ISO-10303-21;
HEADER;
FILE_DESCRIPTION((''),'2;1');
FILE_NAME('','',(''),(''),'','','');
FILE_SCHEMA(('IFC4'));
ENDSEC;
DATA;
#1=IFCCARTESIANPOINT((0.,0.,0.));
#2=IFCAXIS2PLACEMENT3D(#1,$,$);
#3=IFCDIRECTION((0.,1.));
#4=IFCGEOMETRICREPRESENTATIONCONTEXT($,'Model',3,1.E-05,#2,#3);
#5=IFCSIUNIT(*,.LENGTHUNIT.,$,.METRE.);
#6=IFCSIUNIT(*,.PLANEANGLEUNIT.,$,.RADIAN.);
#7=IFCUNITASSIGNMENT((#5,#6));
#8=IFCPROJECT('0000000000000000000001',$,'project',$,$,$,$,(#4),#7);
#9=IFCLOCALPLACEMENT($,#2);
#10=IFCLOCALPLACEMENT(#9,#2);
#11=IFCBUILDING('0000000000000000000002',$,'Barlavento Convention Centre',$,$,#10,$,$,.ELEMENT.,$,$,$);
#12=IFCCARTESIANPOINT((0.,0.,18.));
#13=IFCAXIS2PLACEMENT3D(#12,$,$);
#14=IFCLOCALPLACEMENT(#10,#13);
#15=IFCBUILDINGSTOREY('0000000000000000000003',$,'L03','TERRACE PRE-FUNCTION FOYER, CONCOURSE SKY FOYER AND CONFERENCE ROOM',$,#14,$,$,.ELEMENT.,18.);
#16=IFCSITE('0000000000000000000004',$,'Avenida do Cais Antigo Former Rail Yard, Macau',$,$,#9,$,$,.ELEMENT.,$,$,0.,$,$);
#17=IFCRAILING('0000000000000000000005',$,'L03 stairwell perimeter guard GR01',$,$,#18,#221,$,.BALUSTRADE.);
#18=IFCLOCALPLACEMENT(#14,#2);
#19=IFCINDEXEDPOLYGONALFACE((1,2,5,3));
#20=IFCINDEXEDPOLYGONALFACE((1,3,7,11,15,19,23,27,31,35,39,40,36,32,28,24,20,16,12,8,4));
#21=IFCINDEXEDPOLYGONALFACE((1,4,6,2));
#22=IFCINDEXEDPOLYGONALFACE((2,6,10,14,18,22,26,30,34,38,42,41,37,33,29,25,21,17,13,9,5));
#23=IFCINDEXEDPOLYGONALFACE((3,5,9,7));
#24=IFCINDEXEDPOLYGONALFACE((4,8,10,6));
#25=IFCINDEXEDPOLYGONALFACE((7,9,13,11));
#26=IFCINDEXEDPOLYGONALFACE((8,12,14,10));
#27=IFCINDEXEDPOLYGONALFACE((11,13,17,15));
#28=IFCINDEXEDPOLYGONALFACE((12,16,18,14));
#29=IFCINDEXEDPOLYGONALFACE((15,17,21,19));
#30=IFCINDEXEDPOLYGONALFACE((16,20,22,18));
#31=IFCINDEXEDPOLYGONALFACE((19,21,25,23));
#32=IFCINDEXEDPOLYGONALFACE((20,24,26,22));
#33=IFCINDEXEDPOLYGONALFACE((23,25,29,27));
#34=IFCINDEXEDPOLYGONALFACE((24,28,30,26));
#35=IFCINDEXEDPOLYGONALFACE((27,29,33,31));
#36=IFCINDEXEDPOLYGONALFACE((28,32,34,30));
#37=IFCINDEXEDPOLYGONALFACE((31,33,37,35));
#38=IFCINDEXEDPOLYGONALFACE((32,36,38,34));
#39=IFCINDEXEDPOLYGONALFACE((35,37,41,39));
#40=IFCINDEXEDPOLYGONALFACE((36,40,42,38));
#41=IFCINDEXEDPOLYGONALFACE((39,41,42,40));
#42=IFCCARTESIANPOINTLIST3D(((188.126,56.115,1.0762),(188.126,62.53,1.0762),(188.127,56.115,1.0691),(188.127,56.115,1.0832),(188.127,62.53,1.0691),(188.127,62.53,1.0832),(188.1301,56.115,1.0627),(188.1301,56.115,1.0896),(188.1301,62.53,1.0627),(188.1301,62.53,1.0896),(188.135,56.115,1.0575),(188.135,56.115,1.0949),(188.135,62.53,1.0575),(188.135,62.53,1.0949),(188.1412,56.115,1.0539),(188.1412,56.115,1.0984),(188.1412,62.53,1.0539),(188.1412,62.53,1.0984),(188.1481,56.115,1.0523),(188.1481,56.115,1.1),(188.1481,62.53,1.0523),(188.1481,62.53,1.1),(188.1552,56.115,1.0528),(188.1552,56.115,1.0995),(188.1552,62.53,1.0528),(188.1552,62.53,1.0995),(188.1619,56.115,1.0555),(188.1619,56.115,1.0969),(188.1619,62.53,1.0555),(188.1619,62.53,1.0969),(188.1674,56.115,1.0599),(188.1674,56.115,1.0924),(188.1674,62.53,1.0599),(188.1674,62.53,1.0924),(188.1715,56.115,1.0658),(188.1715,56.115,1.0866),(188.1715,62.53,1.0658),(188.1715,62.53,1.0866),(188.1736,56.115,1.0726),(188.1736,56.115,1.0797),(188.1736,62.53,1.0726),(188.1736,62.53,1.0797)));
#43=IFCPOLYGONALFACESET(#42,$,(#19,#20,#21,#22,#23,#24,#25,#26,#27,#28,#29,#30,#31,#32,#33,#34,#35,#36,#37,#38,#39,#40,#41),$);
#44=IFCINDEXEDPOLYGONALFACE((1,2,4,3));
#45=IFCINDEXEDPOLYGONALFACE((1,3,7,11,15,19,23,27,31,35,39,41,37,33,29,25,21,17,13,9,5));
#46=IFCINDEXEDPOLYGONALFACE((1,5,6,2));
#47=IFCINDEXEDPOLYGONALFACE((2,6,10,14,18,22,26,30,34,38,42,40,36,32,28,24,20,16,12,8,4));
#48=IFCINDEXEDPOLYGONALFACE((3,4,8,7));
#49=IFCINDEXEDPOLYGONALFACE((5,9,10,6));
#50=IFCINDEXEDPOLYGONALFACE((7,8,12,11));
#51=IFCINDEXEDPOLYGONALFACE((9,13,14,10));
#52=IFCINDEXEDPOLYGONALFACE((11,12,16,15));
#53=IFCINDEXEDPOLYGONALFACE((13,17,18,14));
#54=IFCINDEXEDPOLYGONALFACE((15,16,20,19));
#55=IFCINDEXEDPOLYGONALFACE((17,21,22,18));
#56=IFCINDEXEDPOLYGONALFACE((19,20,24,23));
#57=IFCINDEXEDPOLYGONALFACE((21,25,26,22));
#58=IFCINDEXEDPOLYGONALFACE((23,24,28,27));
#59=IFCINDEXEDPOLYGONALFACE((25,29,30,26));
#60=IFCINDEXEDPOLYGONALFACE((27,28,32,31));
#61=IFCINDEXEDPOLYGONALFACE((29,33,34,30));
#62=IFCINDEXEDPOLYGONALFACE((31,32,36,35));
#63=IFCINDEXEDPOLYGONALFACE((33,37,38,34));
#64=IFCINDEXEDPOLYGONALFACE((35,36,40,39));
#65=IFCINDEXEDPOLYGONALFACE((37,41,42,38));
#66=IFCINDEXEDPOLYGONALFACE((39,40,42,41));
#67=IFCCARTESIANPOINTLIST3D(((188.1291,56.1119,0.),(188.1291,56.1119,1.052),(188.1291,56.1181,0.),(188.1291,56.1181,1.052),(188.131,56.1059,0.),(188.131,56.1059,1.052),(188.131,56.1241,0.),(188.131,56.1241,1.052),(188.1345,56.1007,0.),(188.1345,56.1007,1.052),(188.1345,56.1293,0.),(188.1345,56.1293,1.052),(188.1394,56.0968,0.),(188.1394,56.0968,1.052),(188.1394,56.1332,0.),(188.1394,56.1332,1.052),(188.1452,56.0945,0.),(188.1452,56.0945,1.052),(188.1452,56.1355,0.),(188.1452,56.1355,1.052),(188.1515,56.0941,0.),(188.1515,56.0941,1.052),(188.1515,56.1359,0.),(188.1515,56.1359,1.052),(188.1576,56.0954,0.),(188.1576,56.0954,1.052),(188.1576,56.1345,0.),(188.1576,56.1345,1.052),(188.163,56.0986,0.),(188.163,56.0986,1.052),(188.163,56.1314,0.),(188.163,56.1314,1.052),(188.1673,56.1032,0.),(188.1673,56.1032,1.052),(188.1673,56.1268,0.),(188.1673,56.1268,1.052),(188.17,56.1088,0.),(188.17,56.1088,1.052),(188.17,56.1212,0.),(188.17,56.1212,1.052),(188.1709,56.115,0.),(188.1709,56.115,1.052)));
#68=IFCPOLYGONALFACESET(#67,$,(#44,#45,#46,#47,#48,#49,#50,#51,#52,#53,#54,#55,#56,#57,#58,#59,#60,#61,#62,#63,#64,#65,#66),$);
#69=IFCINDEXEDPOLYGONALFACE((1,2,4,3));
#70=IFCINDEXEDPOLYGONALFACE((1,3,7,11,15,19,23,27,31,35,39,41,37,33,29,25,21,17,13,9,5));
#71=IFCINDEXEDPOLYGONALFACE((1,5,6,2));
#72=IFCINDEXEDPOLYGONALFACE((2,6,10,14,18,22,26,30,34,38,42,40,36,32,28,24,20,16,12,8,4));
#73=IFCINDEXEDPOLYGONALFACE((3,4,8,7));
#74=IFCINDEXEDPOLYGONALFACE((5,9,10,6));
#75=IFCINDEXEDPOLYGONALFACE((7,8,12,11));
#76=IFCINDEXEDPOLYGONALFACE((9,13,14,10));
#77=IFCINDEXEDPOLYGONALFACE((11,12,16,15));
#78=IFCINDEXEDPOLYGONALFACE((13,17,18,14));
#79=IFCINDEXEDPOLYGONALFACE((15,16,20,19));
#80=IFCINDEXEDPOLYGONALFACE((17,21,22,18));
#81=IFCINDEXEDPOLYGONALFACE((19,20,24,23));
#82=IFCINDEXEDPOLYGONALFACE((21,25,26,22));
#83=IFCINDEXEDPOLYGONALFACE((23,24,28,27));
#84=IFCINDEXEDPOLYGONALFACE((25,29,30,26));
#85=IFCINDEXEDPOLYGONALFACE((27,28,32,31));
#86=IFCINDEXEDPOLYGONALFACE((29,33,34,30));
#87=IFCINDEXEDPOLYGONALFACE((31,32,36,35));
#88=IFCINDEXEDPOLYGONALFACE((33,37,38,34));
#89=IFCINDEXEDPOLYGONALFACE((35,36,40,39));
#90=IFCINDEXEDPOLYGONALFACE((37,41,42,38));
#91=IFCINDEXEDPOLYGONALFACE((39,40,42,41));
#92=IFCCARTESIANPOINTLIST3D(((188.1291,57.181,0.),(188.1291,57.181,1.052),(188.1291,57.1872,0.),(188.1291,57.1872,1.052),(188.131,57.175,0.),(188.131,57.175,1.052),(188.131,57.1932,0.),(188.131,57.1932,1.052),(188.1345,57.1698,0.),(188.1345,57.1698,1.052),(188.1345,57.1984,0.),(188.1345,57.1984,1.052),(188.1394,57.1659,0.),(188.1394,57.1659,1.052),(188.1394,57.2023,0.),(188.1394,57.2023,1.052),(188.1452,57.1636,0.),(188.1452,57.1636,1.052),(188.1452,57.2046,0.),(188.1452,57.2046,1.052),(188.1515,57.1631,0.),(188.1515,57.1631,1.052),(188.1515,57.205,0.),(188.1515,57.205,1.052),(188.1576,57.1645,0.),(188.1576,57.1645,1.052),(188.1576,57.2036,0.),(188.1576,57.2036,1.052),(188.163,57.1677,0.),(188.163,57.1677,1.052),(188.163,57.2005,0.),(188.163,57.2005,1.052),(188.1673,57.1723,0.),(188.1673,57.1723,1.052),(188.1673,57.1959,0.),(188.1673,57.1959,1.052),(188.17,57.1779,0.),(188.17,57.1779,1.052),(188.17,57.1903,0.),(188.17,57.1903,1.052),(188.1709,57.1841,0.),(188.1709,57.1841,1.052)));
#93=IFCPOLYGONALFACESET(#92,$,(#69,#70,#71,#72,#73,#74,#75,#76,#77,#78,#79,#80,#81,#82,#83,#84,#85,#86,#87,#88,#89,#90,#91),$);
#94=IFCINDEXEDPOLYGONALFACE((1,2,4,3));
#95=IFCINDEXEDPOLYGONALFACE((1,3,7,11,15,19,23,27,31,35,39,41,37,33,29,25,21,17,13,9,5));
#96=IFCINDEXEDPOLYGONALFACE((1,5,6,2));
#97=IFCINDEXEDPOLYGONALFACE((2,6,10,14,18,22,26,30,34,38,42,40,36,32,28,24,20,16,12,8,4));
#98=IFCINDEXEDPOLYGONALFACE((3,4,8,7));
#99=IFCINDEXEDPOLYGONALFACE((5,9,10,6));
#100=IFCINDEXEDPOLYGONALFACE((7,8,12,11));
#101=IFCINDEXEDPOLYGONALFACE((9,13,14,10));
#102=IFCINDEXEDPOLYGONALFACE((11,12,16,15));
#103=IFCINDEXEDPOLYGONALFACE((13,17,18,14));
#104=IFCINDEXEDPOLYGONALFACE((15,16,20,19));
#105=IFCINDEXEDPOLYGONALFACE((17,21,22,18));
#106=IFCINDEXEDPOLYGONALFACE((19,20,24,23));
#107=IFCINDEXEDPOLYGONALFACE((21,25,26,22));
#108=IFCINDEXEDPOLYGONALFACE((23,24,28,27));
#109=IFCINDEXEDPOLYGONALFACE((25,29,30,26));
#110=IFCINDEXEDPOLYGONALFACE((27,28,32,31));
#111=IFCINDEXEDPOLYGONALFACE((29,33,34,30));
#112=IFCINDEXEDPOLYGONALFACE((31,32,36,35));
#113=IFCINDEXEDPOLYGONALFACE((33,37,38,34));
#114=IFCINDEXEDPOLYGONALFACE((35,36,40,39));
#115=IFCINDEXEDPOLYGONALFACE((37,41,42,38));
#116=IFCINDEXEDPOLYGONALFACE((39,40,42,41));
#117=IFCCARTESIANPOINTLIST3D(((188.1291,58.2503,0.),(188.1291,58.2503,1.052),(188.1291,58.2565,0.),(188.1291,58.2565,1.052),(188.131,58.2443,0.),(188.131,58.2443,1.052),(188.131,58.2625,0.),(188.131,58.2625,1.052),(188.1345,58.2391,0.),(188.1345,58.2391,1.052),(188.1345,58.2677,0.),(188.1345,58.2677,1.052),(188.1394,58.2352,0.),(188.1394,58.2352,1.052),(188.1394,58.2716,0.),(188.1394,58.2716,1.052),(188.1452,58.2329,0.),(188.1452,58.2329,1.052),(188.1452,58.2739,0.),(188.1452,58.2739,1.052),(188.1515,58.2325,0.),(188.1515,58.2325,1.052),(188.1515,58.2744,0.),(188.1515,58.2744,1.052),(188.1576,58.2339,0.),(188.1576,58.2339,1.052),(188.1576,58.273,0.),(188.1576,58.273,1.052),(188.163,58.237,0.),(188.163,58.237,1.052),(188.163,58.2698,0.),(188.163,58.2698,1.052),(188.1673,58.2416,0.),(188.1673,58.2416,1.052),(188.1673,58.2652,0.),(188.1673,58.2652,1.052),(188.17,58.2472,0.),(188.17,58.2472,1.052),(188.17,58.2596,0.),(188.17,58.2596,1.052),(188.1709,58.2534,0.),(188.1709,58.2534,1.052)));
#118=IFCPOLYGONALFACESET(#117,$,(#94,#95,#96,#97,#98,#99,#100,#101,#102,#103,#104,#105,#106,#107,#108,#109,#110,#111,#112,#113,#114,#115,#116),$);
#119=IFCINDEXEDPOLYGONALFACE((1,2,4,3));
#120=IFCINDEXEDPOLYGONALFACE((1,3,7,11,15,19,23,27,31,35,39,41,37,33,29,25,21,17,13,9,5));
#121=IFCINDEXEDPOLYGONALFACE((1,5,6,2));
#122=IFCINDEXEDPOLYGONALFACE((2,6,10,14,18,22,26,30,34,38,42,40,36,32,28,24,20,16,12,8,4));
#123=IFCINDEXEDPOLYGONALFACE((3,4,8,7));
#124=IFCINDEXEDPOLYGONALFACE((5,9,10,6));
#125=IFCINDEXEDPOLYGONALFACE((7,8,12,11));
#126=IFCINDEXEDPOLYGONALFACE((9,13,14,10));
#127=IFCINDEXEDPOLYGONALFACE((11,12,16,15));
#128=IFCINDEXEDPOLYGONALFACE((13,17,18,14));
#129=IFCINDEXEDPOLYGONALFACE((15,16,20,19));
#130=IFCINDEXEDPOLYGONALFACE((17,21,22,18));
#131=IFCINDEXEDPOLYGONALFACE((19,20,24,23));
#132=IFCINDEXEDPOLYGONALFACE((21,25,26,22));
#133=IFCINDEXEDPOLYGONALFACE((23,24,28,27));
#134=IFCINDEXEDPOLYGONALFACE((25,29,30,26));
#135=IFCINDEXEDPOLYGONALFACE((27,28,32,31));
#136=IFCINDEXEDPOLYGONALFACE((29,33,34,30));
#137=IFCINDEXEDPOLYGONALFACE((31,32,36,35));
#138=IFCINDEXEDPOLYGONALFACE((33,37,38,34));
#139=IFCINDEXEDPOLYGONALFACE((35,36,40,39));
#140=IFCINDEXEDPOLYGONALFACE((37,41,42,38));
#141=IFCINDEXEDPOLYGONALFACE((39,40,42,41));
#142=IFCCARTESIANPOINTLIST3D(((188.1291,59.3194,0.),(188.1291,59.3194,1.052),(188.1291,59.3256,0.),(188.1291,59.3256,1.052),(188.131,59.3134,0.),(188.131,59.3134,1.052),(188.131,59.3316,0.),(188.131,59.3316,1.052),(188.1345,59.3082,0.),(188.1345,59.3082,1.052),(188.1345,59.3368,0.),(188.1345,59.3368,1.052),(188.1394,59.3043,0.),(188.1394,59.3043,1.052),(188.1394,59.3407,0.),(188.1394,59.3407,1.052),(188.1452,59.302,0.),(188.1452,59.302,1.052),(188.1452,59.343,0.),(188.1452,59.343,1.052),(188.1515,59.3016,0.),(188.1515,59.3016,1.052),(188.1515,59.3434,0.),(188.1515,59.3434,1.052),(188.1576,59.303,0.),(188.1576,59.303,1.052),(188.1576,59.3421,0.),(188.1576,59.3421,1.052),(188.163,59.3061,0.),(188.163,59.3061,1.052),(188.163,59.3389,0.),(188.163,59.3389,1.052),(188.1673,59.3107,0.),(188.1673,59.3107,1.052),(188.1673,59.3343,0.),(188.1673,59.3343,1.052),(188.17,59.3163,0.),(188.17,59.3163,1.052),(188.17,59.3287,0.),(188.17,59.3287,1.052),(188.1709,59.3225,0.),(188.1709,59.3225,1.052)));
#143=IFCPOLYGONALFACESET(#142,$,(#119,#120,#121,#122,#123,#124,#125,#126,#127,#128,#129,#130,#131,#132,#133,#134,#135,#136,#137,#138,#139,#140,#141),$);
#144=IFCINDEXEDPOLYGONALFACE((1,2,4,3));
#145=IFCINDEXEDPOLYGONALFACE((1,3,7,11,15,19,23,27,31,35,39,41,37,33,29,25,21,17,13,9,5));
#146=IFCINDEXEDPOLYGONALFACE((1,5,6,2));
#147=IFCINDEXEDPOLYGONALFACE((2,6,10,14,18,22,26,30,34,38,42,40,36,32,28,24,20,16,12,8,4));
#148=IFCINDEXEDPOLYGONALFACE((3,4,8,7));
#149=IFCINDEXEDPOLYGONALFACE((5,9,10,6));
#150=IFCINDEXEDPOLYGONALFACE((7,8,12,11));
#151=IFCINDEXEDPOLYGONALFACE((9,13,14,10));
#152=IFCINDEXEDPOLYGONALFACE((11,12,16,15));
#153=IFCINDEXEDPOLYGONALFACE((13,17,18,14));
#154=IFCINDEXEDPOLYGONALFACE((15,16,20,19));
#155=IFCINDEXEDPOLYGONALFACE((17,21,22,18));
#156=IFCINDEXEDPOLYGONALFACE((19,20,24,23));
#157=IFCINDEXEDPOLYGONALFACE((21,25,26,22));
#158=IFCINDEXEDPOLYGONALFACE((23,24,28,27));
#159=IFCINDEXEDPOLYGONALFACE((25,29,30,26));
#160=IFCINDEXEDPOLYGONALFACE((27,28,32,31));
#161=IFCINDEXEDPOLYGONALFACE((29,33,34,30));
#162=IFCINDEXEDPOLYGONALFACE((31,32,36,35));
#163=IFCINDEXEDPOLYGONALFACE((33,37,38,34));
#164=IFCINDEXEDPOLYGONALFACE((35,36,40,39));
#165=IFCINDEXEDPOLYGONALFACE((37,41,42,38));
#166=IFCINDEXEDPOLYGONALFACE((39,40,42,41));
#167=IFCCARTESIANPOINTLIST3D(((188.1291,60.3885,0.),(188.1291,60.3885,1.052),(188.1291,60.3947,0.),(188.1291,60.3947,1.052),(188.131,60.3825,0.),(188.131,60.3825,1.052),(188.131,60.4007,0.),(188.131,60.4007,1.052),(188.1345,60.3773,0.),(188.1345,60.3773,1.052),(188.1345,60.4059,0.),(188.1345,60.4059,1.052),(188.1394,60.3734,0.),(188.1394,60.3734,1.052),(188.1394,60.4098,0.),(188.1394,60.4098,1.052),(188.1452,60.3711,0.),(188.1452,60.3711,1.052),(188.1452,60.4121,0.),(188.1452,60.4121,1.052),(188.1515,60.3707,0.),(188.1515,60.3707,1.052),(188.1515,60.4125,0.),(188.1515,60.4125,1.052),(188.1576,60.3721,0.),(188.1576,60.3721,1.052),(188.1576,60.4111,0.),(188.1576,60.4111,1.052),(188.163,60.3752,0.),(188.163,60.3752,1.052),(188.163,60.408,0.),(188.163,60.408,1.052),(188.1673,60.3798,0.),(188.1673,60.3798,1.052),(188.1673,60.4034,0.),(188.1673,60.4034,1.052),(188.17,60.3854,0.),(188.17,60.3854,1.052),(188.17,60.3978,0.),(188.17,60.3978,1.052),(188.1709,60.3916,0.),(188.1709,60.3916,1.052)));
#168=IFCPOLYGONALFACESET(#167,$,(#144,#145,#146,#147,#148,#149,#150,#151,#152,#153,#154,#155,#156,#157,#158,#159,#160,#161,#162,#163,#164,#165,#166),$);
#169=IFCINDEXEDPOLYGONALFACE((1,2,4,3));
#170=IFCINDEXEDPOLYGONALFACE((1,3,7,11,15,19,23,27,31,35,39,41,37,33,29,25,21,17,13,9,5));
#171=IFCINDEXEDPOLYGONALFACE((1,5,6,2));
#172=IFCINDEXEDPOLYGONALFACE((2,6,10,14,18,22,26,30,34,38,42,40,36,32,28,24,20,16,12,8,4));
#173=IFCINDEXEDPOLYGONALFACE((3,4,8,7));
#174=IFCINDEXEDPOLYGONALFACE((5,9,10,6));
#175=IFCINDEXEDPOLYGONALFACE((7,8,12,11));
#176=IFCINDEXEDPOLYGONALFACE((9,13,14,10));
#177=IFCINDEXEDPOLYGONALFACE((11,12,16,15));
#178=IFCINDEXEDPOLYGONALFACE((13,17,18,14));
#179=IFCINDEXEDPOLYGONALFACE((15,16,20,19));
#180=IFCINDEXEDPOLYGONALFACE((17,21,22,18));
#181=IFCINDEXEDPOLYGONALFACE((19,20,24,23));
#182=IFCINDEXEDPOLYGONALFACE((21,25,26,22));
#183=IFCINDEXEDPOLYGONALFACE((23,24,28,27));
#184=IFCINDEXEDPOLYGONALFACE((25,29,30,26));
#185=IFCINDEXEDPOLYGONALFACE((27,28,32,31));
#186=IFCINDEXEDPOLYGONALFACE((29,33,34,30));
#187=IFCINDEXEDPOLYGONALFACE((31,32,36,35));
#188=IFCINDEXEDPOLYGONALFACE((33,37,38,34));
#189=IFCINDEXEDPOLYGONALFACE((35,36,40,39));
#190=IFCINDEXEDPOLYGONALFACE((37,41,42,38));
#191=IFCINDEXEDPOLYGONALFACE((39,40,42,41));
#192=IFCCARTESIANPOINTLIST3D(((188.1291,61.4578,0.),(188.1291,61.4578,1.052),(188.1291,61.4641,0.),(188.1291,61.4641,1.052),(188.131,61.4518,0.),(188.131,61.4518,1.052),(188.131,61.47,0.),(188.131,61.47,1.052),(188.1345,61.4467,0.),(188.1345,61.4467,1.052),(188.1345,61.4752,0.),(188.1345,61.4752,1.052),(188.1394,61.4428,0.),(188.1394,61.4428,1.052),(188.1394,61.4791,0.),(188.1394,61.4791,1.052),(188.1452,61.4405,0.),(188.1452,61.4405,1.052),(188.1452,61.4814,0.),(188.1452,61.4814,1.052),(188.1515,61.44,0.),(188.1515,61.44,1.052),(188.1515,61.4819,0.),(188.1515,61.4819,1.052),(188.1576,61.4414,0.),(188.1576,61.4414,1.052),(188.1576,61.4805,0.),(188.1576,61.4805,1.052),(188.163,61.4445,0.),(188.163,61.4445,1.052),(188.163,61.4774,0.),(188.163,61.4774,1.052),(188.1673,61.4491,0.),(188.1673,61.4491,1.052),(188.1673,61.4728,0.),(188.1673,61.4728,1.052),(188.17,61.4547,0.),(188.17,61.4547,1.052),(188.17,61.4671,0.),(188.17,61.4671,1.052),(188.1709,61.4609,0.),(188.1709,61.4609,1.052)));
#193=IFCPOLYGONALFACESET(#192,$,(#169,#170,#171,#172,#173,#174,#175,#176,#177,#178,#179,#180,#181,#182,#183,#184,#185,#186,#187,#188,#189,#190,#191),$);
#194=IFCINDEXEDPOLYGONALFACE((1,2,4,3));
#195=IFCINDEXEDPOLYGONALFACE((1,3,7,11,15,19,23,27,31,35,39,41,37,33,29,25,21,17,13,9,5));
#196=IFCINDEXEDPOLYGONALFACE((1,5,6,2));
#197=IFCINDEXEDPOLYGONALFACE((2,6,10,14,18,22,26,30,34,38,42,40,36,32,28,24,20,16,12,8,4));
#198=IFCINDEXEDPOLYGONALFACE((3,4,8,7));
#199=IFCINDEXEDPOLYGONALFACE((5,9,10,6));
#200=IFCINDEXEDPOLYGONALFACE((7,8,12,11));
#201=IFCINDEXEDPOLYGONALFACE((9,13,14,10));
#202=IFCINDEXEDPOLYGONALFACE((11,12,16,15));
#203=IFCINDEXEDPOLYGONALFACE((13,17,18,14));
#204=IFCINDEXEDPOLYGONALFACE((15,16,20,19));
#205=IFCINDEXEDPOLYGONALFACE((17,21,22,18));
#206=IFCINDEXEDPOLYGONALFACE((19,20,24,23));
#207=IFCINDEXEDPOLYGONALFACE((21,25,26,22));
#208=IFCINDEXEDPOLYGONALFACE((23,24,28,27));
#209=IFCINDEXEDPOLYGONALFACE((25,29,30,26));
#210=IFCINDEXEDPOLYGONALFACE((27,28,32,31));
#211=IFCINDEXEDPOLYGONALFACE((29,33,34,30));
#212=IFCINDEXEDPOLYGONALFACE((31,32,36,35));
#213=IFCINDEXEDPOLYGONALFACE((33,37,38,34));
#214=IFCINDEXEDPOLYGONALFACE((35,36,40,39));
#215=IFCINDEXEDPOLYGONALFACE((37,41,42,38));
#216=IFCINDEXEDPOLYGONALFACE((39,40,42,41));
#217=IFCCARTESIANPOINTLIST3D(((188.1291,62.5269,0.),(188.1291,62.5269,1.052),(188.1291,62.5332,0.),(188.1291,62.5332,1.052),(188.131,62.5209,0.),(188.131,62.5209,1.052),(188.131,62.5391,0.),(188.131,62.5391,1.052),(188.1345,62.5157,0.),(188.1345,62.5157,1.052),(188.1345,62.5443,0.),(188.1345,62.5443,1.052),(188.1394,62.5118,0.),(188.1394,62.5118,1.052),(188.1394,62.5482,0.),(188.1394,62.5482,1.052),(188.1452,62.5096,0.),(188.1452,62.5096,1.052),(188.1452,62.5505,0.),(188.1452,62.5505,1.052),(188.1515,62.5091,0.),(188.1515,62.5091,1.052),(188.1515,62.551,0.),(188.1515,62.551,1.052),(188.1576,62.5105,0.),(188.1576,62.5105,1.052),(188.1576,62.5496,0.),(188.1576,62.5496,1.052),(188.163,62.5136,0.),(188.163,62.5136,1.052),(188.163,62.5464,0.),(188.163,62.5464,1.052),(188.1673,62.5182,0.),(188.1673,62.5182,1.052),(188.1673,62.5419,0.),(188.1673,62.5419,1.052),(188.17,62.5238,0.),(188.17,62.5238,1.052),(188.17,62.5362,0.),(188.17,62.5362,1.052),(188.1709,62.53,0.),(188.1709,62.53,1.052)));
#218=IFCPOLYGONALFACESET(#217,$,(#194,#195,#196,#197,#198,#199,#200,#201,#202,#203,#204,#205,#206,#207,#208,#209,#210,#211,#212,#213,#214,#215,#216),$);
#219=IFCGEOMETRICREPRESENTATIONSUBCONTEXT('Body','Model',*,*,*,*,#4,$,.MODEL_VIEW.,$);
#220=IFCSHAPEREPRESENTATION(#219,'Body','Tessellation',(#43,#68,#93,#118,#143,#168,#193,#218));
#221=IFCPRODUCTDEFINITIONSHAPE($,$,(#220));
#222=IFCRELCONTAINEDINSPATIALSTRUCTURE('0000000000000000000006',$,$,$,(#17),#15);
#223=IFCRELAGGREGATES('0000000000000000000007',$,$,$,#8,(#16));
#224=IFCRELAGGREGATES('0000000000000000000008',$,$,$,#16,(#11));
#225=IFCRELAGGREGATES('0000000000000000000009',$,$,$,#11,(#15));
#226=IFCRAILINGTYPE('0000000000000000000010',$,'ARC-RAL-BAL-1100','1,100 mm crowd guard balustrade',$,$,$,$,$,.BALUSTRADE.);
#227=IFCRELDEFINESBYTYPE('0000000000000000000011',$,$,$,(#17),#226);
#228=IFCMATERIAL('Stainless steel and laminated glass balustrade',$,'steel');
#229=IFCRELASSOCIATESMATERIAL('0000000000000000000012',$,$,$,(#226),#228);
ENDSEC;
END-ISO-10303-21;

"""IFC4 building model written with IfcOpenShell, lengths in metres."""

from ifc_helpers import new_model, si_unit, direction, frame, origin, origin_2d, place, context, subcontext, project, spatial, circle, extrude, material, type_object, element, save


model = new_model("IFC4")

# Units and contexts
model_context = context("Model", 3, precision=1e-05, world=origin(), true_north=direction((0.0, 1.0)))
body_context = subcontext(model_context, "Body", "Model", "MODEL_VIEW")
ifc_project = project(units=[si_unit("LENGTHUNIT", "METRE"), si_unit("PLANEANGLEUNIT", "RADIAN")], contexts=[model_context])

# Site, building, storey
site_placement = place(None, origin())
site = spatial("IfcSite", under=ifc_project, at=site_placement, Name="Avenida do Cais Antigo Former Rail Yard, Macau", CompositionType="ELEMENT", RefElevation=0.0)
building_placement = place(site_placement, origin())
building = spatial("IfcBuilding", under=site, at=building_placement, Name="Barlavento Convention Centre", CompositionType="ELEMENT")
storey_placement = place(building_placement, frame((0.0, 0.0, 18.0)))
storey = spatial("IfcBuildingStorey", under=building, at=storey_placement, Name="L03", Description="TERRACE PRE-FUNCTION FOYER, CONCOURSE SKY FOYER AND CONFERENCE ROOM", CompositionType="ELEMENT", Elevation=18.0)

# Railing
ifc_material_1 = material(Name="Stainless steel and laminated glass balustrade", Category="steel")
railing_type_1 = type_object("IfcRailingType", Name="ARC-RAL-BAL-1100", Description="1,100 mm crowd guard balustrade", PredefinedType="BALUSTRADE", material=ifc_material_1)
railing_1_placement = place(storey_placement, frame((188.1499, 56.115, 0.0)))
element("IfcRailing", 1, at=railing_1_placement, inside=storey, type_object=railing_type_1, Name="L03 stairwell perimeter guard GR01", PredefinedType="BALUSTRADE", context=body_context, shape_type="SweptSolid", body=[
    extrude(circle(Radius=0.0239, at=origin_2d()), frame((0.0, 0.0, 1.0762), z_axis=(0.0, 1.0, 0.0), x_axis=(-1.0, 0.0, 0.0)), (0.0, 0.0, 1.0), 6.415),
    extrude(circle(Radius=0.021, at=origin_2d()), origin(), (0.0, 0.0, 1.0), 1.052),
    extrude(circle(Radius=0.021, at=origin_2d()), frame((0.0, 1.0691, 0.0)), (0.0, 0.0, 1.0), 1.052),
    extrude(circle(Radius=0.021, at=origin_2d()), frame((0.0, 2.1384, 0.0)), (0.0, 0.0, 1.0), 1.052),
    extrude(circle(Radius=0.021, at=origin_2d()), frame((0.0, 3.2075, 0.0)), (0.0, 0.0, 1.0), 1.052),
    extrude(circle(Radius=0.021, at=origin_2d()), frame((0.0, 4.2766, 0.0)), (0.0, 0.0, 1.0), 1.052),
    extrude(circle(Radius=0.021, at=origin_2d()), frame((0.0, 5.3459, 0.0)), (0.0, 0.0, 1.0), 1.052),
    extrude(circle(Radius=0.021, at=origin_2d()), frame((0.0, 6.415, 0.0)), (0.0, 0.0, 1.0), 1.052),
])

save(model, "model.ifc")
